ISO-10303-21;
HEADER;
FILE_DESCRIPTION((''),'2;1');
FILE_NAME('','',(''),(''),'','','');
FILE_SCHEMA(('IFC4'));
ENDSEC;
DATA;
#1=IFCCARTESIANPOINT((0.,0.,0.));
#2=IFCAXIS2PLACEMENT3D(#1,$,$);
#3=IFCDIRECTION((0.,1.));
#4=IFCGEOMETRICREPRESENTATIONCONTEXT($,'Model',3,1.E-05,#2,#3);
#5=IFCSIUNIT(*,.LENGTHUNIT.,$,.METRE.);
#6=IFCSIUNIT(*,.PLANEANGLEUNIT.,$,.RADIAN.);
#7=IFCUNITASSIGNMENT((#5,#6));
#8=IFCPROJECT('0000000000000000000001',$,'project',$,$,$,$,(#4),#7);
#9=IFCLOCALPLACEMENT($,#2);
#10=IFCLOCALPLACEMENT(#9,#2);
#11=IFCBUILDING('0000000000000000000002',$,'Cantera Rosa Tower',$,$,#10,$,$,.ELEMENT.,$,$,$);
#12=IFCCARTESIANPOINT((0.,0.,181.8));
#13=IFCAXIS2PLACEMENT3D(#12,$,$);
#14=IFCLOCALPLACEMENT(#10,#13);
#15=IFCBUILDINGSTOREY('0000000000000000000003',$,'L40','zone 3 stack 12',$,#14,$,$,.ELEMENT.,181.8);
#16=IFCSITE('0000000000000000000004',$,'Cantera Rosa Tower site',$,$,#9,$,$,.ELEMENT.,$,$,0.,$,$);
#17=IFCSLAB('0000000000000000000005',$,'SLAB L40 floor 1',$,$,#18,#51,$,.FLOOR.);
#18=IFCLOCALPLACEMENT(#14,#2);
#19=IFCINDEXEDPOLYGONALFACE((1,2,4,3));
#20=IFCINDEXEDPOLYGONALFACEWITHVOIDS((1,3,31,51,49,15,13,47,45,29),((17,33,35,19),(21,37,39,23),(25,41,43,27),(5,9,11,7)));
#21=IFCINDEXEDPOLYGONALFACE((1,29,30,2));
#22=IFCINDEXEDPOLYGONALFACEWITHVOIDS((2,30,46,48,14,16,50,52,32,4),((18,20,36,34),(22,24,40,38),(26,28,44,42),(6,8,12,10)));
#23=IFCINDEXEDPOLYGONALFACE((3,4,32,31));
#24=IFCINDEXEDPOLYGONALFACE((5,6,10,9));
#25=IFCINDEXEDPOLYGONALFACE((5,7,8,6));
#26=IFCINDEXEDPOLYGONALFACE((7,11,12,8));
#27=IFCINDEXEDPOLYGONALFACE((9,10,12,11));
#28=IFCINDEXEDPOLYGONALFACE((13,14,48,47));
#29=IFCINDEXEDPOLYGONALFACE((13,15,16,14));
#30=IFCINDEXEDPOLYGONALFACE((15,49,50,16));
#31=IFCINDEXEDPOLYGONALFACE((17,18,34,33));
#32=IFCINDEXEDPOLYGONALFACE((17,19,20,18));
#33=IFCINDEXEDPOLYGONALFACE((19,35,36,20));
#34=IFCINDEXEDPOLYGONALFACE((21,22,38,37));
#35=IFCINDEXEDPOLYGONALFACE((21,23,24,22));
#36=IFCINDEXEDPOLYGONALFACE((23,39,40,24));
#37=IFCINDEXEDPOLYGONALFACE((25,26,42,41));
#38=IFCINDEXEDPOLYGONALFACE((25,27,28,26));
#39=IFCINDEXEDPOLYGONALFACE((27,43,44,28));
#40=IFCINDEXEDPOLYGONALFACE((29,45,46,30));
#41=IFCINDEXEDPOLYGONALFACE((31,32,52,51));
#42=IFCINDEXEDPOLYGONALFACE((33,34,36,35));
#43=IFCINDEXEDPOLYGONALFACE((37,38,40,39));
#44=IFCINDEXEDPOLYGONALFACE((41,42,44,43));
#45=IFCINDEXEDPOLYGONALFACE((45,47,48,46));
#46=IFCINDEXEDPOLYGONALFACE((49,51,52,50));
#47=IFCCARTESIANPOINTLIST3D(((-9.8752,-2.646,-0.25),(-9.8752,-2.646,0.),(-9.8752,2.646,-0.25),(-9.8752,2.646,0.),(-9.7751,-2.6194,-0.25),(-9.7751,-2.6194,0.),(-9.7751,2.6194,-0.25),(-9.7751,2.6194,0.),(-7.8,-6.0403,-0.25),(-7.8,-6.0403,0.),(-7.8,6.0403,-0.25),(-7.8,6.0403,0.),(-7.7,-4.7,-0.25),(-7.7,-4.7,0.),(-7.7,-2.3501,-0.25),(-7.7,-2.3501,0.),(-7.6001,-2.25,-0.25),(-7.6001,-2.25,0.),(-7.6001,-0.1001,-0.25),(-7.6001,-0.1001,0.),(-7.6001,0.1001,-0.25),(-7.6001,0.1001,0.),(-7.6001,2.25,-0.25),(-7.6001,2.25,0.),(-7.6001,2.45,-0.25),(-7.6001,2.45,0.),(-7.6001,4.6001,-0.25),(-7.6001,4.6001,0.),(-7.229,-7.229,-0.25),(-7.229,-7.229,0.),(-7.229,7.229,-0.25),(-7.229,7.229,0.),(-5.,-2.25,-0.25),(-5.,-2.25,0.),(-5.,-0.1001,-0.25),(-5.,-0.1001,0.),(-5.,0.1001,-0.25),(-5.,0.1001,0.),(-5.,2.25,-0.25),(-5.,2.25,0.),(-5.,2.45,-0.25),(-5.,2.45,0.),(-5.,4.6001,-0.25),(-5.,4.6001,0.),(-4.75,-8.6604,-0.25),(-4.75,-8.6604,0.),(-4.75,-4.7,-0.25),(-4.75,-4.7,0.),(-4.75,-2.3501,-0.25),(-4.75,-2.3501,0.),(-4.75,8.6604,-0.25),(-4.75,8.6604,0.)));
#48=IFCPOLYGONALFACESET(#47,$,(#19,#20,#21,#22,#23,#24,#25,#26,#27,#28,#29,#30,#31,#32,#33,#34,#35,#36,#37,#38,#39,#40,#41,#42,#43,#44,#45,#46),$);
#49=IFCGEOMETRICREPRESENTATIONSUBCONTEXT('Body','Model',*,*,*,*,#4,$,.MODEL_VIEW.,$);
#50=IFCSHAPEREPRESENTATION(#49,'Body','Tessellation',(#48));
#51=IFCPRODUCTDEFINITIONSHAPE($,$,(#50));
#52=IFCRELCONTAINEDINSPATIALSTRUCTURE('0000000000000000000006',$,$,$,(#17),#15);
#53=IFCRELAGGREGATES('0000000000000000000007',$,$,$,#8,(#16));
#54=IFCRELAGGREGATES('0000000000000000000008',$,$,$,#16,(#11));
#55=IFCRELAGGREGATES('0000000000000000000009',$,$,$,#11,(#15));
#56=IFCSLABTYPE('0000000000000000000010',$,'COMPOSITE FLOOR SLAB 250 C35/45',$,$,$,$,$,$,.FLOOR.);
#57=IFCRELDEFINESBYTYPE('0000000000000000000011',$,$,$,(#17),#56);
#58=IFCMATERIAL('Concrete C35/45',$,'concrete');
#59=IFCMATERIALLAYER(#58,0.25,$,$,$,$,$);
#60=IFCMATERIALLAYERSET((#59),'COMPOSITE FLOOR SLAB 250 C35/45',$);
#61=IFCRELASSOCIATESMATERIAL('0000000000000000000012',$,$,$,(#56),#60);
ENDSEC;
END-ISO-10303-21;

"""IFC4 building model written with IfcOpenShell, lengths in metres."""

from ifc_helpers import new_model, si_unit, direction, frame, origin, place, context, subcontext, project, spatial, polyline, outline, extrude, material, layer, layer_set, type_object, element, save


model = new_model("IFC4")

# Units and contexts
model_context = context("Model", 3, precision=1e-05, world=origin(), true_north=direction((0.0, 1.0)))
body_context = subcontext(model_context, "Body", "Model", "MODEL_VIEW")
ifc_project = project(units=[si_unit("LENGTHUNIT", "METRE"), si_unit("PLANEANGLEUNIT", "RADIAN")], contexts=[model_context])

# Site, building, storey
site_placement = place(None, origin())
site = spatial("IfcSite", under=ifc_project, at=site_placement, Name="Cantera Rosa Tower site", CompositionType="ELEMENT", RefElevation=0.0)
building_placement = place(site_placement, origin())
building = spatial("IfcBuilding", under=site, at=building_placement, Name="Cantera Rosa Tower", CompositionType="ELEMENT")
storey_placement = place(building_placement, frame((0.0, 0.0, 181.8)))
storey = spatial("IfcBuildingStorey", under=building, at=storey_placement, Name="L40", Description="zone 3 stack 12", CompositionType="ELEMENT", Elevation=181.8)

# Slab
ifc_material_1 = material(Name="Concrete C35/45", Category="concrete")
ifc_layer_1 = layer(ifc_material_1, 0.25)
ifc_layer_set_1 = layer_set([ifc_layer_1], Name="COMPOSITE FLOOR SLAB 250 C35/45")
slab_type_1 = type_object("IfcSlabType", Name="COMPOSITE FLOOR SLAB 250 C35/45", PredefinedType="FLOOR", material=ifc_layer_set_1)
slab_1_placement = place(storey_placement, frame((0.0, 0.0, -0.25)))
element("IfcSlab", 1, at=slab_1_placement, inside=storey, type_object=slab_type_1, Name="SLAB L40 floor 1", PredefinedType="FLOOR", context=body_context, shape_type="SweptSolid", body=[
    extrude(outline(polyline([(-7.7, -4.7), (-4.75, -4.7), (-4.75, -8.6604), (-7.229, -7.229), (-9.8752, -2.646), (-9.8752, 2.646), (-7.229, 7.229), (-4.75, 8.6604), (-4.75, -2.3501), (-7.7, -2.3501), (-7.7, -4.7)]), holes=[polyline([(-7.6001, -2.25), (-5.0, -2.25), (-5.0, -0.1001), (-7.6001, -0.1001), (-7.6001, -2.25)]), polyline([(-9.7751, 2.6194), (-9.7751, -2.6194), (-7.8, -6.0403), (-7.8, 6.0403), (-9.7751, 2.6194)]), polyline([(-7.6001, 0.1001), (-5.0, 0.1001), (-5.0, 2.25), (-7.6001, 2.25), (-7.6001, 0.1001)]), polyline([(-7.6001, 2.45), (-5.0, 2.45), (-5.0, 4.6001), (-7.6001, 4.6001), (-7.6001, 2.45)])]), origin(), (0.0, 0.0, 1.0), 0.25),
])

save(model, "model.ifc")
